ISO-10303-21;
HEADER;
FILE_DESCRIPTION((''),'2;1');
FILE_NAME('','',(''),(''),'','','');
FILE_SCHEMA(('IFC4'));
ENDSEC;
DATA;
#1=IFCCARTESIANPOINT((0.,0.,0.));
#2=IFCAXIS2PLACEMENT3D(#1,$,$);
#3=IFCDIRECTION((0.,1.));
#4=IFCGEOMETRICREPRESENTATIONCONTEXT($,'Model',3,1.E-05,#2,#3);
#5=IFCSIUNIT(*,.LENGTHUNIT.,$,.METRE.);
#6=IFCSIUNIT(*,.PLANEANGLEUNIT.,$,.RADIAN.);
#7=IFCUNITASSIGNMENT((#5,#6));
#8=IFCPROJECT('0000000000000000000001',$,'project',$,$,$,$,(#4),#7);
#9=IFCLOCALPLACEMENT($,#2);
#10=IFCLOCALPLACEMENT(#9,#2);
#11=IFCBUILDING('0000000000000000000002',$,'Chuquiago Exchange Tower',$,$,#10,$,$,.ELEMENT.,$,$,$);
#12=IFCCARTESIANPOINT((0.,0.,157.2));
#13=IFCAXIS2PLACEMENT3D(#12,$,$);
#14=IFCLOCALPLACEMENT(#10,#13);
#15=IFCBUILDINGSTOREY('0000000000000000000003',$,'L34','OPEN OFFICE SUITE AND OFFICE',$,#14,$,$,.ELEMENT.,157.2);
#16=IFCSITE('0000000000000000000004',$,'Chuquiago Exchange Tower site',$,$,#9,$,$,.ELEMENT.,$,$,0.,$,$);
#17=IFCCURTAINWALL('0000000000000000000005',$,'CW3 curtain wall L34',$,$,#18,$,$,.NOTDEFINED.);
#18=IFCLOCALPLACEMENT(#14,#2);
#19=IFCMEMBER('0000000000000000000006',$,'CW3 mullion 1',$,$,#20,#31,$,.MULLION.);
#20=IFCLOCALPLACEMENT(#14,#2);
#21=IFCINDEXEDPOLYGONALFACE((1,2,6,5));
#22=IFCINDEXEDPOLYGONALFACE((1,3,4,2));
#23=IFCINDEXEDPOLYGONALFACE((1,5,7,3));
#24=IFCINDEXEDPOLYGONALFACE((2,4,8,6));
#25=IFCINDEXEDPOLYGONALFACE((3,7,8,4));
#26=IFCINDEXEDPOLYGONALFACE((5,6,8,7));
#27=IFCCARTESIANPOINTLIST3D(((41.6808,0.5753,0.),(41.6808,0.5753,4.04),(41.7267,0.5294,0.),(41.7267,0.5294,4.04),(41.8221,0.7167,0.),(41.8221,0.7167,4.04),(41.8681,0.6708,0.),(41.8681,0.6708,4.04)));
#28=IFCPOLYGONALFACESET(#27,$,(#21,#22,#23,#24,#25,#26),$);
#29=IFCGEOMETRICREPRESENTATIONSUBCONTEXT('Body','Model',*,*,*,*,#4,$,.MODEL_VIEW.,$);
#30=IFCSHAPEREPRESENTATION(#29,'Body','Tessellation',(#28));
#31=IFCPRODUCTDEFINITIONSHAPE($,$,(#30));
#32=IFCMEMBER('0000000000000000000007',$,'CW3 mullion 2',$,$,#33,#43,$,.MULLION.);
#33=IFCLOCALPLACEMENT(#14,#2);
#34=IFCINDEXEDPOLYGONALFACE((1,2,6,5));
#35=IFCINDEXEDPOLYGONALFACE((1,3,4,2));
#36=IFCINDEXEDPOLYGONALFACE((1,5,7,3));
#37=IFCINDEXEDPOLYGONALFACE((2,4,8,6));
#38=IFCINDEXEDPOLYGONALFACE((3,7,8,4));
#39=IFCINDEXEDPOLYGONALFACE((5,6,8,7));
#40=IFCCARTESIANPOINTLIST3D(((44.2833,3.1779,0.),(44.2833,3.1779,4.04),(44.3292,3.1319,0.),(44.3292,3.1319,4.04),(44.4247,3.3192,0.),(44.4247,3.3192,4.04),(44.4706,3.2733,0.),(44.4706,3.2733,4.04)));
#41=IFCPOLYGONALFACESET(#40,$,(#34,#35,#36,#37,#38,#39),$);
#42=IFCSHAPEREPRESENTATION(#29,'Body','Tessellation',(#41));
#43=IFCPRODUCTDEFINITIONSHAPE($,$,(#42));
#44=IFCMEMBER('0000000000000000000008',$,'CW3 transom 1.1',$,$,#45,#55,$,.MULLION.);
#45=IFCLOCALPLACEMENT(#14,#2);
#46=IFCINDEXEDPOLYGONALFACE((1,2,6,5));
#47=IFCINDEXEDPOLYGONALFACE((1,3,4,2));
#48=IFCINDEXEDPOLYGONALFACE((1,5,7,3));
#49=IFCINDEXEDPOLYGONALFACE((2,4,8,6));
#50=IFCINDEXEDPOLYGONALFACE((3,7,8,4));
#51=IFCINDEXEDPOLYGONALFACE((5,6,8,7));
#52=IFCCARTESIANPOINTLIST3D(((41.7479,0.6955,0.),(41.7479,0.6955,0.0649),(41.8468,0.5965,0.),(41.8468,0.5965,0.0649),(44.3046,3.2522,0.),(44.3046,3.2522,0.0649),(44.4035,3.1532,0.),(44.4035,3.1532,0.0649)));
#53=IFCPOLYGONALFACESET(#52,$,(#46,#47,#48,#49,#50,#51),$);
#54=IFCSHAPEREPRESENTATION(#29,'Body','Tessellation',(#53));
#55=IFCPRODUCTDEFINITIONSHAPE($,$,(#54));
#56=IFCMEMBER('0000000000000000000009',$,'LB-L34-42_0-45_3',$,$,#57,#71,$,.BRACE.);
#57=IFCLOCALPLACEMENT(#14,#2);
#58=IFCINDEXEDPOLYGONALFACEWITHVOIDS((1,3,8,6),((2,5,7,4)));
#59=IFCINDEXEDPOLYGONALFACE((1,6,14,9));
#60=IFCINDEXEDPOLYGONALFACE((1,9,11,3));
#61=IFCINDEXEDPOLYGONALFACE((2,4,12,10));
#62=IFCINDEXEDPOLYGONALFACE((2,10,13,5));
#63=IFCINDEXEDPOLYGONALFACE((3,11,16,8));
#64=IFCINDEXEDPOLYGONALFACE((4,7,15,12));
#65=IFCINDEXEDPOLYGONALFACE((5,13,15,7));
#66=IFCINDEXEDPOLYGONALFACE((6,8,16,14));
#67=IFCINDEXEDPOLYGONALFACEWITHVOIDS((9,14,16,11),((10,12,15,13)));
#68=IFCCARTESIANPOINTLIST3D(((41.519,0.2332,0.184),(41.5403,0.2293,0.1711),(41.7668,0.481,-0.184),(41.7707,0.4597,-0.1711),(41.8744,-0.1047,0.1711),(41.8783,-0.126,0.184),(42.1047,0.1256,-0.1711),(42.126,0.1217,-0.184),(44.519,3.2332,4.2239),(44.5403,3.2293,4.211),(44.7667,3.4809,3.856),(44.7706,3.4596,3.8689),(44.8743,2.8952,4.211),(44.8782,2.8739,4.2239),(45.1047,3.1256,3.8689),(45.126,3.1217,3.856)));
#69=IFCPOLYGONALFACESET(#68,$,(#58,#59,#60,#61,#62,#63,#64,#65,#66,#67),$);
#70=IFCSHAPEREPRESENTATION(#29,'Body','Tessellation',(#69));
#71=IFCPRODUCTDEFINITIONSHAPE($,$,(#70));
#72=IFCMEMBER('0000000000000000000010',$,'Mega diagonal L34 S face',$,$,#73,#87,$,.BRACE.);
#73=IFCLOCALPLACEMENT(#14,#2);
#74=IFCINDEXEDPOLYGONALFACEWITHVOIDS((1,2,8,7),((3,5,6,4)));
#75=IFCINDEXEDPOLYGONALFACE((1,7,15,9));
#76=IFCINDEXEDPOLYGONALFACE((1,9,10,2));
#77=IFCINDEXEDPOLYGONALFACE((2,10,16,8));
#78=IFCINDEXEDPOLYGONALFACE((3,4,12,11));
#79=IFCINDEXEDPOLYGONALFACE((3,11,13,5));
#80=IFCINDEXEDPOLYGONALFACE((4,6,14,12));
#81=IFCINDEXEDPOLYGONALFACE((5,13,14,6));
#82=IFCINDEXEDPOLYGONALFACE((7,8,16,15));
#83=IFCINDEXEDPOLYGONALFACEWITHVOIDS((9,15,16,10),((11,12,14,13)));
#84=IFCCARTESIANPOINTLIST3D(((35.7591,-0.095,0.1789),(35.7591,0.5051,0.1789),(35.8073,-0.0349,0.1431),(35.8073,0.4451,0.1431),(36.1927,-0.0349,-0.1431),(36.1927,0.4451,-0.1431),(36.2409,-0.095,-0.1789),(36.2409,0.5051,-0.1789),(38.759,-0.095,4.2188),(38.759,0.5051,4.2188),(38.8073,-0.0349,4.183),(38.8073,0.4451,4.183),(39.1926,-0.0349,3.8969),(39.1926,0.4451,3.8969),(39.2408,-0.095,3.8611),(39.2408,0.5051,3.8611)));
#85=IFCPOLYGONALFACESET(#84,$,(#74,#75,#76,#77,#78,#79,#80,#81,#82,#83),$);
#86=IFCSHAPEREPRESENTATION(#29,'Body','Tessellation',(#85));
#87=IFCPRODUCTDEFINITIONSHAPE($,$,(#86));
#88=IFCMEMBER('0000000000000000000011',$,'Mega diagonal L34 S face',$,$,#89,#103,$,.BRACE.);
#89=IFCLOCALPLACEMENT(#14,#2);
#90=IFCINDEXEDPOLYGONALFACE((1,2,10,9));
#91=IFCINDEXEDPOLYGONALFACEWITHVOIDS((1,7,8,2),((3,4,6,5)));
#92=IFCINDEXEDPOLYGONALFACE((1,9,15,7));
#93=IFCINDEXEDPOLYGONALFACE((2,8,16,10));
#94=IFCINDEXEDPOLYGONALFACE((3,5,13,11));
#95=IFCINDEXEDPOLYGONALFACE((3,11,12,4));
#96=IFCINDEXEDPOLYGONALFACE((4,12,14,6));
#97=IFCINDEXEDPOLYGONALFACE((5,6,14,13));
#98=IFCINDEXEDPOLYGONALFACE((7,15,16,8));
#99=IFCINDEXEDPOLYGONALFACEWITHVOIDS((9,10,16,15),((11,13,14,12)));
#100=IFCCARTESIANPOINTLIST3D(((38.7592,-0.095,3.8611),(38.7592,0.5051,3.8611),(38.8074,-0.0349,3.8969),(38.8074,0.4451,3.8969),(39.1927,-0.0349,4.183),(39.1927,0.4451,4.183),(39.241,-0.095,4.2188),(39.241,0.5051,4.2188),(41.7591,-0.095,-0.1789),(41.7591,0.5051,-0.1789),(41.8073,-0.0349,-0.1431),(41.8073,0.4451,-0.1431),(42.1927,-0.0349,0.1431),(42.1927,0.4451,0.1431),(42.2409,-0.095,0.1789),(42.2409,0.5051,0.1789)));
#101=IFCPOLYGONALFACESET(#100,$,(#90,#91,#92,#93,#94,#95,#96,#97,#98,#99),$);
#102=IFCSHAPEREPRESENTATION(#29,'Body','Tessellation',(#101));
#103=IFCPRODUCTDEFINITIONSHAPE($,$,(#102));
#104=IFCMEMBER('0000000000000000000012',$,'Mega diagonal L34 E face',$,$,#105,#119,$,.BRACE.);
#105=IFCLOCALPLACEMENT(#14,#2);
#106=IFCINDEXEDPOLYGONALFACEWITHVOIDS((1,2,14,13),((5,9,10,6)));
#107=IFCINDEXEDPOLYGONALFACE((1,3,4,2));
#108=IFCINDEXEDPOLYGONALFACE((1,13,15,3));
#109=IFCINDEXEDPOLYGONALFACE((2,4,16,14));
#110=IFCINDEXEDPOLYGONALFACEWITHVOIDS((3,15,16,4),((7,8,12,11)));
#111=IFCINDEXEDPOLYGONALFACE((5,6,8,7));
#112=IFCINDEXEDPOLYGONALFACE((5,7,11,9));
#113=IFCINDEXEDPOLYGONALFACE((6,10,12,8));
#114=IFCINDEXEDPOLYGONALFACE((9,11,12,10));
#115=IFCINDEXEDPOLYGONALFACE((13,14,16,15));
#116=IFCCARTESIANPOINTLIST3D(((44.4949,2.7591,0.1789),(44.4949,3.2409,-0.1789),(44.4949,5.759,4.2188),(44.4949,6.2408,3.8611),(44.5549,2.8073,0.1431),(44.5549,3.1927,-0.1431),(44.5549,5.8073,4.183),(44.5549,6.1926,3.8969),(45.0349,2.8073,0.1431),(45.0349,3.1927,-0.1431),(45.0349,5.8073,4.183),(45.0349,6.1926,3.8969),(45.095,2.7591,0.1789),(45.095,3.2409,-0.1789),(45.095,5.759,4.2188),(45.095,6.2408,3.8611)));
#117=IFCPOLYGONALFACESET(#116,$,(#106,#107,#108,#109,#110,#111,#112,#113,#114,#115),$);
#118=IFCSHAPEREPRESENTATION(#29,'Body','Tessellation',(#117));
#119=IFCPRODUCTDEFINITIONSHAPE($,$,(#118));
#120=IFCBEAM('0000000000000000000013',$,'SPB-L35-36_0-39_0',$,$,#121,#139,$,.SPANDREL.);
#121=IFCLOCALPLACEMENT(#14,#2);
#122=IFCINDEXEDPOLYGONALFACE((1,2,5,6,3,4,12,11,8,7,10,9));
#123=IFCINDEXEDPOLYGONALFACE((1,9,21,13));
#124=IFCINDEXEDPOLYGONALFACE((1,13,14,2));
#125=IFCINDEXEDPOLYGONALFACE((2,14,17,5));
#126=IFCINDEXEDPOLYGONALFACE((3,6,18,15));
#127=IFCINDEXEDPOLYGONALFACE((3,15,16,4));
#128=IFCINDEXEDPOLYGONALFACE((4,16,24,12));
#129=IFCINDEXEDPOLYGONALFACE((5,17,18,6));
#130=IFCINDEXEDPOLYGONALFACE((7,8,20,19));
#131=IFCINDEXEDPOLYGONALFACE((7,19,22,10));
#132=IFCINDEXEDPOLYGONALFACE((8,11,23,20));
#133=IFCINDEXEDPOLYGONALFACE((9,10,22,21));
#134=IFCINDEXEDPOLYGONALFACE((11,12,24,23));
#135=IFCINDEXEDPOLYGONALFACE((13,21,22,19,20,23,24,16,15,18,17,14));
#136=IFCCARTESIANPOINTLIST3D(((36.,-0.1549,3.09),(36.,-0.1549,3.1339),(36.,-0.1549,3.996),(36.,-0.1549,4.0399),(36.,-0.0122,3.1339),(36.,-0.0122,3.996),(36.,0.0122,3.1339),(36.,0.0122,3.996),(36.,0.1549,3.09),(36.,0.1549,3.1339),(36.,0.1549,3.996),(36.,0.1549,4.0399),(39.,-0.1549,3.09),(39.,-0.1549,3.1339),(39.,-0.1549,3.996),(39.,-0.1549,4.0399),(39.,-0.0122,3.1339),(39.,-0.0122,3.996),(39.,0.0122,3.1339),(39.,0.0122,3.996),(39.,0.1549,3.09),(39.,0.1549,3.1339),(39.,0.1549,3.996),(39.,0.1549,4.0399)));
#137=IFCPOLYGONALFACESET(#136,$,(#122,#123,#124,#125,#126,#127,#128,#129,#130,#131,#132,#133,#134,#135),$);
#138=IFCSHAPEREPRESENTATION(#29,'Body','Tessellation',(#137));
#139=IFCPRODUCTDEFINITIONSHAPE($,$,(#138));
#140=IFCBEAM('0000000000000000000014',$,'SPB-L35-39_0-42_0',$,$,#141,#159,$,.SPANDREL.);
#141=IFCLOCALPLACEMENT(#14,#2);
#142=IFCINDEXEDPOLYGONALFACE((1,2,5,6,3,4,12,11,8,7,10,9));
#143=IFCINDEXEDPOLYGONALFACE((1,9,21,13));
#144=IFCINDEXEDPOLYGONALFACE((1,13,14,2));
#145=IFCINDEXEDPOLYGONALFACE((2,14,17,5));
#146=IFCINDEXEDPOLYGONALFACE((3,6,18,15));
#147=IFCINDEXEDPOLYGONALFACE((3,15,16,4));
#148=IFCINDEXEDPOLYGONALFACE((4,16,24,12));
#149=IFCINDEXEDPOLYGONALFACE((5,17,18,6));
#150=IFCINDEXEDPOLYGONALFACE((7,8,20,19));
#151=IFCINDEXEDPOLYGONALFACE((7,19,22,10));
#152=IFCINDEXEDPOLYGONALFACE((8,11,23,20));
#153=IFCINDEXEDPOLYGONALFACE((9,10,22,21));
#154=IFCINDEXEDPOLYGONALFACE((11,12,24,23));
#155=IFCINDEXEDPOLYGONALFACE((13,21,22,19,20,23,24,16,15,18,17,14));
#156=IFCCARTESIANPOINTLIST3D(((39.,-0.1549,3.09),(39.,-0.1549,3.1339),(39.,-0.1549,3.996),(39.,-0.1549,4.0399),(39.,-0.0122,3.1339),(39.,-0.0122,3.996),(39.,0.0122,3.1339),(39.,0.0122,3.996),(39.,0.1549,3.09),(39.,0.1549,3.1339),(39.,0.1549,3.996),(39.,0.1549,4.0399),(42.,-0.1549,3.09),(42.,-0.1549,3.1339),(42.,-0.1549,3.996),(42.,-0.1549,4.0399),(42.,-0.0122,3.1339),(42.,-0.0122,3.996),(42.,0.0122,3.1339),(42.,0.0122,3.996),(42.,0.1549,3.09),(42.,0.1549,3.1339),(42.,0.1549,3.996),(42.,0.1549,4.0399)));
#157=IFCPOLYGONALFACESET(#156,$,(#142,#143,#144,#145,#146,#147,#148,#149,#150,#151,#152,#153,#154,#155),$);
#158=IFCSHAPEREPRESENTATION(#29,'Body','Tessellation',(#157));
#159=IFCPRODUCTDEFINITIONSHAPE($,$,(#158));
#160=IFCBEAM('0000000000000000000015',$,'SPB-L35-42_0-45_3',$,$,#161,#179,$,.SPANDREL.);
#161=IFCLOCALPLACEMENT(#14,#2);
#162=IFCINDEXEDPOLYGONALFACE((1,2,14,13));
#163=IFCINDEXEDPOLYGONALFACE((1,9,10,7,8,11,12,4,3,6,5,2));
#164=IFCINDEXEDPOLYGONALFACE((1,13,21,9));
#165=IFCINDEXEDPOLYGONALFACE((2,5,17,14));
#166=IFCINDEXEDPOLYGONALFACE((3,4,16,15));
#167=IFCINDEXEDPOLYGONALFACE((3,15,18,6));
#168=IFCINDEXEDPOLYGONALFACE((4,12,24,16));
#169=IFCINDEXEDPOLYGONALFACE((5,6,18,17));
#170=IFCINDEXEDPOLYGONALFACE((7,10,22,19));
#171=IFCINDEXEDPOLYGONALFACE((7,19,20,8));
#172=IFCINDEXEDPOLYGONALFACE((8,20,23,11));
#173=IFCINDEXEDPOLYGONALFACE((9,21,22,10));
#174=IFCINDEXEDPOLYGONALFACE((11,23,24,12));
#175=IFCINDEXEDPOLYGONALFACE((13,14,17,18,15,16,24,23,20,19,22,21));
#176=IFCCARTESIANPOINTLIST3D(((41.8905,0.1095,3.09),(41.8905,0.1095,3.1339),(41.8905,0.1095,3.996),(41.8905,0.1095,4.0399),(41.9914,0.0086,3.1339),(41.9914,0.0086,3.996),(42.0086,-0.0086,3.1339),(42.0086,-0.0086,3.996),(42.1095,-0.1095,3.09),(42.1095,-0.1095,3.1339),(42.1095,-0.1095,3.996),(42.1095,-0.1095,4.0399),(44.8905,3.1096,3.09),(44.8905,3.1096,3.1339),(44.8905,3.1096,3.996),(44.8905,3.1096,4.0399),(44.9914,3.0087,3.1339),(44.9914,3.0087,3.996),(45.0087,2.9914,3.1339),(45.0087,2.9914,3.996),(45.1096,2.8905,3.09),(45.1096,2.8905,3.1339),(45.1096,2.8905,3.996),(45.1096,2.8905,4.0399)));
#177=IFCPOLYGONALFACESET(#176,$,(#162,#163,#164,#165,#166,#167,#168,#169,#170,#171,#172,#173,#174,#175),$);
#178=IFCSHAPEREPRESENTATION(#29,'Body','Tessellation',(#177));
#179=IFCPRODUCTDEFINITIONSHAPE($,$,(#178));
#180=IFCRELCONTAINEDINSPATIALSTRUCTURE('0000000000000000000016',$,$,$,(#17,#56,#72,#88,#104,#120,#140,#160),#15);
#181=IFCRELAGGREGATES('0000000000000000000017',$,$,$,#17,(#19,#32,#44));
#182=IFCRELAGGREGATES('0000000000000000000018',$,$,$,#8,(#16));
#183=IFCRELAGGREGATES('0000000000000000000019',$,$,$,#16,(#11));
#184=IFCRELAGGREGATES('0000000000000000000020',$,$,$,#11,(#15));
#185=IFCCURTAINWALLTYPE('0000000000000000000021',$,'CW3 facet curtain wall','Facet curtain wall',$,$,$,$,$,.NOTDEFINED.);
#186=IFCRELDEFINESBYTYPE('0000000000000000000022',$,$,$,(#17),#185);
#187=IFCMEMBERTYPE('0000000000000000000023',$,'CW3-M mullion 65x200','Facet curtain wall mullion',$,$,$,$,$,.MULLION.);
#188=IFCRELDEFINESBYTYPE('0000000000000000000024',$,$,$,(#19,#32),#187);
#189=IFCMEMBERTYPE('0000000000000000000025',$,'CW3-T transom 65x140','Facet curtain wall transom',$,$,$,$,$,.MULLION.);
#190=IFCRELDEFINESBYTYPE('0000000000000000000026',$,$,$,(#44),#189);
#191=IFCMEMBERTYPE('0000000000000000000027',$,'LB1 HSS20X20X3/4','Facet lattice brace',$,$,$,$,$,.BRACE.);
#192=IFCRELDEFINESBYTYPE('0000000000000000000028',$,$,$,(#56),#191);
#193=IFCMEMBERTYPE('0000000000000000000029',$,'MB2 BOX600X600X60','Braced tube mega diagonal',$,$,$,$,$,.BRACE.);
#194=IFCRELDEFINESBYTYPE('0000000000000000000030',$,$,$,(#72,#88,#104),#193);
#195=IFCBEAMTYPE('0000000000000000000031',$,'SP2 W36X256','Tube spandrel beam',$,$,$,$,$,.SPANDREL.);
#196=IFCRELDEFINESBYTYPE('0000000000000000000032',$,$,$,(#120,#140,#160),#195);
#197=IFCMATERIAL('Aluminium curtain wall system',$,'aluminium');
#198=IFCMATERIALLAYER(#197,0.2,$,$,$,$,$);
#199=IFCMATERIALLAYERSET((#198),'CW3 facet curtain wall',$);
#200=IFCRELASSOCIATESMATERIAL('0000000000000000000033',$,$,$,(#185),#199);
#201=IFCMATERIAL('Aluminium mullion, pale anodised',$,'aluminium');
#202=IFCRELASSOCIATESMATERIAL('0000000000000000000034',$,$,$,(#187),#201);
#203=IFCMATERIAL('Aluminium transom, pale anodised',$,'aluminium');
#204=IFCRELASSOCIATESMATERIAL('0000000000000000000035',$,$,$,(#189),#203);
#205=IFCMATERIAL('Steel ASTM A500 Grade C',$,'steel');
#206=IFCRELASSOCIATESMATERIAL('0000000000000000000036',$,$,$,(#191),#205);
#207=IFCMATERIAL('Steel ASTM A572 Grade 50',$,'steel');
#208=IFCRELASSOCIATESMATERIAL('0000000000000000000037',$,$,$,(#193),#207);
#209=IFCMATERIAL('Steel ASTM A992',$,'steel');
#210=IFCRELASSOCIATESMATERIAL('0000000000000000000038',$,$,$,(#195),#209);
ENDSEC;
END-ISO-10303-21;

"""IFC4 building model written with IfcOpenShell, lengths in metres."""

from ifc_helpers import new_model, si_unit, direction, frame, origin, origin_2d, place, context, subcontext, project, spatial, rectangle, hollow_rectangle, i_section, extrude, material, layer, layer_set, material_profile, profile_set, type_object, element, aggregate, save


model = new_model("IFC4")

# Units and contexts
model_context = context("Model", 3, precision=1e-05, world=origin(), true_north=direction((0.0, 1.0)))
body_context = subcontext(model_context, "Body", "Model", "MODEL_VIEW")
ifc_project = project(units=[si_unit("LENGTHUNIT", "METRE"), si_unit("PLANEANGLEUNIT", "RADIAN")], contexts=[model_context])

# Site, building, storey
site_placement = place(None, origin())
site = spatial("IfcSite", under=ifc_project, at=site_placement, Name="Chuquiago Exchange Tower site", CompositionType="ELEMENT", RefElevation=0.0)
building_placement = place(site_placement, origin())
building = spatial("IfcBuilding", under=site, at=building_placement, Name="Chuquiago Exchange Tower", CompositionType="ELEMENT")
storey_placement = place(building_placement, frame((0.0, 0.0, 157.2)))
storey = spatial("IfcBuildingStorey", under=building, at=storey_placement, Name="L34", Description="OPEN OFFICE SUITE AND OFFICE", CompositionType="ELEMENT", Elevation=157.2)

# Curtain wall, members
ifc_material_1 = material(Name="Aluminium curtain wall system", Category="aluminium")
ifc_layer_1 = layer(ifc_material_1, 0.2)
ifc_layer_set_1 = layer_set([ifc_layer_1], Name="CW3 facet curtain wall")
curtain_wall_type_1 = type_object("IfcCurtainWallType", Name="CW3 facet curtain wall", Description="Facet curtain wall", PredefinedType="NOTDEFINED", material=ifc_layer_set_1)
curtain_wall_1_placement = place(storey_placement, origin())
curtain_wall_1 = element("IfcCurtainWall", 1, at=curtain_wall_1_placement, inside=storey, type_object=curtain_wall_type_1, Name="CW3 curtain wall L34", PredefinedType="NOTDEFINED")
ifc_material_2 = material(Name="Aluminium mullion, pale anodised", Category="aluminium")
ifc_material_profile_1 = material_profile(ifc_material_2, rectangle(XDim=0.0649, YDim=0.2, at=origin_2d()), Name="AL 65x200")
ifc_profile_set_1 = profile_set([ifc_material_profile_1], Name="Aluminium mullion, pale anodised")
member_type_1 = type_object("IfcMemberType", Name="CW3-M mullion 65x200", Description="Facet curtain wall mullion", PredefinedType="MULLION", material=ifc_profile_set_1)
member_1_placement = place(storey_placement, frame((41.7744, 0.623, 0.0), z_axis=(0.0, 0.0, 1.0), x_axis=(-0.707107, 0.707107, 0.0)))
member_1 = element("IfcMember", 2, at=member_1_placement, type_object=member_type_1, Name="CW3 mullion 1", PredefinedType="MULLION", context=body_context, shape_type="SweptSolid", body=[
    extrude(rectangle(XDim=0.0649, YDim=0.2, at=origin_2d()), origin(), (0.0, 0.0, 1.0), 4.04),
])
member_2_placement = place(storey_placement, frame((44.377, 3.2256, 0.0), z_axis=(0.0, 0.0, 1.0), x_axis=(-0.707107, 0.707107, 0.0)))
member_2 = element("IfcMember", 3, at=member_2_placement, type_object=member_type_1, Name="CW3 mullion 2", PredefinedType="MULLION", context=body_context, shape_type="SweptSolid", body=[
    extrude(rectangle(XDim=0.0649, YDim=0.2, at=origin_2d()), origin(), (0.0, 0.0, 1.0), 4.04),
])
ifc_material_3 = material(Name="Aluminium transom, pale anodised", Category="aluminium")
ifc_material_profile_2 = material_profile(ifc_material_3, rectangle(XDim=0.1399, YDim=0.0649, at=origin_2d()), Name="AL 140x65")
ifc_profile_set_2 = profile_set([ifc_material_profile_2], Name="Aluminium transom, pale anodised")
member_type_2 = type_object("IfcMemberType", Name="CW3-T transom 65x140", Description="Facet curtain wall transom", PredefinedType="MULLION", material=ifc_profile_set_2)
member_3_placement = place(storey_placement, frame((41.7974, 0.646, 0.0325), z_axis=(0.707107, 0.707107, 0.0), x_axis=(-0.707107, 0.707107, 0.0)))
member_3 = element("IfcMember", 4, at=member_3_placement, type_object=member_type_2, Name="CW3 transom 1.1", PredefinedType="MULLION", context=body_context, shape_type="SweptSolid", body=[
    extrude(rectangle(XDim=0.1399, YDim=0.0649, at=origin_2d()), origin(), (0.0, 0.0, 1.0), 3.6157),
])

# Members
ifc_material_4 = material(Name="Steel ASTM A500 Grade C", Category="steel")
ifc_material_profile_3 = material_profile(ifc_material_4, hollow_rectangle(XDim=0.5081, YDim=0.5081, WallThickness=0.0178, at=origin_2d()), Name="HSS20X20X3/4")
ifc_profile_set_3 = profile_set([ifc_material_profile_3], Name="Steel ASTM A500 Grade C")
member_type_3 = type_object("IfcMemberType", Name="LB1 HSS20X20X3/4", Description="Facet lattice brace", PredefinedType="BRACE", material=ifc_profile_set_3)
member_4_placement = place(storey_placement, frame((41.8225, 0.1775, 0.0), z_axis=(0.512077, 0.512077, 0.689604), x_axis=(-0.707107, 0.707107, 0.0)))
element("IfcMember", 5, at=member_4_placement, inside=storey, type_object=member_type_3, Name="LB-L34-42_0-45_3", PredefinedType="BRACE", context=body_context, shape_type="SweptSolid", body=[
    extrude(hollow_rectangle(XDim=0.5081, YDim=0.5081, WallThickness=0.0178, at=origin_2d()), origin(), (0.0, 0.0, 1.0), 5.8584),
])
ifc_material_5 = material(Name="Steel ASTM A572 Grade 50", Category="steel")
ifc_material_profile_4 = material_profile(ifc_material_5, hollow_rectangle(XDim=0.6001, YDim=0.6001, WallThickness=0.0601, at=origin_2d()), Name="BOX600X600X60")
ifc_profile_set_4 = profile_set([ifc_material_profile_4], Name="Steel ASTM A572 Grade 50")
member_type_4 = type_object("IfcMemberType", Name="MB2 BOX600X600X60", Description="Braced tube mega diagonal", PredefinedType="BRACE", material=ifc_profile_set_4)
for number, where, z_axis, x_axis, name in (
    (6, (36.0, 0.2051, 0.0), (0.596174, 0.0, 0.802855), (0.0, 1.0, 0.0), "Mega diagonal L34 S face"),
    (7, (42.0, 0.2051, 0.0), (-0.596174, 0.0, 0.802855), (0.0, -1.0, 0.0), "Mega diagonal L34 S face"),
    (8, (44.7949, 3.0, 0.0), (0.0, 0.596174, 0.802855), (-1.0, 0.0, 0.0), "Mega diagonal L34 E face"),
):
    element("IfcMember", number, at=place(storey_placement, frame(where, z_axis=z_axis, x_axis=x_axis)), inside=storey, type_object=member_type_4, Name=name, PredefinedType="BRACE", context=body_context, shape_type="SweptSolid", body=[
        extrude(hollow_rectangle(XDim=0.6001, YDim=0.6001, WallThickness=0.0601, at=origin_2d()), origin(), (0.0, 0.0, 1.0), 5.032),
    ])

# Beams
ifc_material_6 = material(Name="Steel ASTM A992", Category="steel")
ifc_material_profile_5 = material_profile(ifc_material_6, i_section(OverallWidth=0.3098, OverallDepth=0.95, WebThickness=0.0244, FlangeThickness=0.0439, at=origin_2d()), Name="W36X256")
ifc_profile_set_5 = profile_set([ifc_material_profile_5], Name="Steel ASTM A992")
beam_type = type_object("IfcBeamType", Name="SP2 W36X256", Description="Tube spandrel beam", PredefinedType="SPANDREL", material=ifc_profile_set_5)
for number, where, z_axis, x_axis, name in (
    (9, (36.0, 0.0, 3.5649), (1.0, 0.0, 0.0), (0.0, 1.0, 0.0), "SPB-L35-36_0-39_0"),
    (10, (39.0, 0.0, 3.5649), (1.0, 0.0, 0.0), (0.0, 1.0, 0.0), "SPB-L35-39_0-42_0"),
):
    element("IfcBeam", number, at=place(storey_placement, frame(where, z_axis=z_axis, x_axis=x_axis)), inside=storey, type_object=beam_type, Name=name, PredefinedType="SPANDREL", context=body_context, shape_type="SweptSolid", body=[
        extrude(i_section(OverallWidth=0.3098, OverallDepth=0.95, WebThickness=0.0244, FlangeThickness=0.0439, at=origin_2d()), origin(), (0.0, 0.0, 1.0), 3.0),
    ])
beam_1_placement = place(storey_placement, frame((42.0, 0.0, 3.5649), z_axis=(0.707107, 0.707107, 0.0), x_axis=(-0.707107, 0.707107, 0.0)))
element("IfcBeam", 11, at=beam_1_placement, inside=storey, type_object=beam_type, Name="SPB-L35-42_0-45_3", PredefinedType="SPANDREL", context=body_context, shape_type="SweptSolid", body=[
    extrude(i_section(OverallWidth=0.3098, OverallDepth=0.95, WebThickness=0.0244, FlangeThickness=0.0439, at=origin_2d()), origin(), (0.0, 0.0, 1.0), 4.2427),
])

aggregate(curtain_wall_1, [member_1, member_2, member_3])

save(model, "model.ifc")
